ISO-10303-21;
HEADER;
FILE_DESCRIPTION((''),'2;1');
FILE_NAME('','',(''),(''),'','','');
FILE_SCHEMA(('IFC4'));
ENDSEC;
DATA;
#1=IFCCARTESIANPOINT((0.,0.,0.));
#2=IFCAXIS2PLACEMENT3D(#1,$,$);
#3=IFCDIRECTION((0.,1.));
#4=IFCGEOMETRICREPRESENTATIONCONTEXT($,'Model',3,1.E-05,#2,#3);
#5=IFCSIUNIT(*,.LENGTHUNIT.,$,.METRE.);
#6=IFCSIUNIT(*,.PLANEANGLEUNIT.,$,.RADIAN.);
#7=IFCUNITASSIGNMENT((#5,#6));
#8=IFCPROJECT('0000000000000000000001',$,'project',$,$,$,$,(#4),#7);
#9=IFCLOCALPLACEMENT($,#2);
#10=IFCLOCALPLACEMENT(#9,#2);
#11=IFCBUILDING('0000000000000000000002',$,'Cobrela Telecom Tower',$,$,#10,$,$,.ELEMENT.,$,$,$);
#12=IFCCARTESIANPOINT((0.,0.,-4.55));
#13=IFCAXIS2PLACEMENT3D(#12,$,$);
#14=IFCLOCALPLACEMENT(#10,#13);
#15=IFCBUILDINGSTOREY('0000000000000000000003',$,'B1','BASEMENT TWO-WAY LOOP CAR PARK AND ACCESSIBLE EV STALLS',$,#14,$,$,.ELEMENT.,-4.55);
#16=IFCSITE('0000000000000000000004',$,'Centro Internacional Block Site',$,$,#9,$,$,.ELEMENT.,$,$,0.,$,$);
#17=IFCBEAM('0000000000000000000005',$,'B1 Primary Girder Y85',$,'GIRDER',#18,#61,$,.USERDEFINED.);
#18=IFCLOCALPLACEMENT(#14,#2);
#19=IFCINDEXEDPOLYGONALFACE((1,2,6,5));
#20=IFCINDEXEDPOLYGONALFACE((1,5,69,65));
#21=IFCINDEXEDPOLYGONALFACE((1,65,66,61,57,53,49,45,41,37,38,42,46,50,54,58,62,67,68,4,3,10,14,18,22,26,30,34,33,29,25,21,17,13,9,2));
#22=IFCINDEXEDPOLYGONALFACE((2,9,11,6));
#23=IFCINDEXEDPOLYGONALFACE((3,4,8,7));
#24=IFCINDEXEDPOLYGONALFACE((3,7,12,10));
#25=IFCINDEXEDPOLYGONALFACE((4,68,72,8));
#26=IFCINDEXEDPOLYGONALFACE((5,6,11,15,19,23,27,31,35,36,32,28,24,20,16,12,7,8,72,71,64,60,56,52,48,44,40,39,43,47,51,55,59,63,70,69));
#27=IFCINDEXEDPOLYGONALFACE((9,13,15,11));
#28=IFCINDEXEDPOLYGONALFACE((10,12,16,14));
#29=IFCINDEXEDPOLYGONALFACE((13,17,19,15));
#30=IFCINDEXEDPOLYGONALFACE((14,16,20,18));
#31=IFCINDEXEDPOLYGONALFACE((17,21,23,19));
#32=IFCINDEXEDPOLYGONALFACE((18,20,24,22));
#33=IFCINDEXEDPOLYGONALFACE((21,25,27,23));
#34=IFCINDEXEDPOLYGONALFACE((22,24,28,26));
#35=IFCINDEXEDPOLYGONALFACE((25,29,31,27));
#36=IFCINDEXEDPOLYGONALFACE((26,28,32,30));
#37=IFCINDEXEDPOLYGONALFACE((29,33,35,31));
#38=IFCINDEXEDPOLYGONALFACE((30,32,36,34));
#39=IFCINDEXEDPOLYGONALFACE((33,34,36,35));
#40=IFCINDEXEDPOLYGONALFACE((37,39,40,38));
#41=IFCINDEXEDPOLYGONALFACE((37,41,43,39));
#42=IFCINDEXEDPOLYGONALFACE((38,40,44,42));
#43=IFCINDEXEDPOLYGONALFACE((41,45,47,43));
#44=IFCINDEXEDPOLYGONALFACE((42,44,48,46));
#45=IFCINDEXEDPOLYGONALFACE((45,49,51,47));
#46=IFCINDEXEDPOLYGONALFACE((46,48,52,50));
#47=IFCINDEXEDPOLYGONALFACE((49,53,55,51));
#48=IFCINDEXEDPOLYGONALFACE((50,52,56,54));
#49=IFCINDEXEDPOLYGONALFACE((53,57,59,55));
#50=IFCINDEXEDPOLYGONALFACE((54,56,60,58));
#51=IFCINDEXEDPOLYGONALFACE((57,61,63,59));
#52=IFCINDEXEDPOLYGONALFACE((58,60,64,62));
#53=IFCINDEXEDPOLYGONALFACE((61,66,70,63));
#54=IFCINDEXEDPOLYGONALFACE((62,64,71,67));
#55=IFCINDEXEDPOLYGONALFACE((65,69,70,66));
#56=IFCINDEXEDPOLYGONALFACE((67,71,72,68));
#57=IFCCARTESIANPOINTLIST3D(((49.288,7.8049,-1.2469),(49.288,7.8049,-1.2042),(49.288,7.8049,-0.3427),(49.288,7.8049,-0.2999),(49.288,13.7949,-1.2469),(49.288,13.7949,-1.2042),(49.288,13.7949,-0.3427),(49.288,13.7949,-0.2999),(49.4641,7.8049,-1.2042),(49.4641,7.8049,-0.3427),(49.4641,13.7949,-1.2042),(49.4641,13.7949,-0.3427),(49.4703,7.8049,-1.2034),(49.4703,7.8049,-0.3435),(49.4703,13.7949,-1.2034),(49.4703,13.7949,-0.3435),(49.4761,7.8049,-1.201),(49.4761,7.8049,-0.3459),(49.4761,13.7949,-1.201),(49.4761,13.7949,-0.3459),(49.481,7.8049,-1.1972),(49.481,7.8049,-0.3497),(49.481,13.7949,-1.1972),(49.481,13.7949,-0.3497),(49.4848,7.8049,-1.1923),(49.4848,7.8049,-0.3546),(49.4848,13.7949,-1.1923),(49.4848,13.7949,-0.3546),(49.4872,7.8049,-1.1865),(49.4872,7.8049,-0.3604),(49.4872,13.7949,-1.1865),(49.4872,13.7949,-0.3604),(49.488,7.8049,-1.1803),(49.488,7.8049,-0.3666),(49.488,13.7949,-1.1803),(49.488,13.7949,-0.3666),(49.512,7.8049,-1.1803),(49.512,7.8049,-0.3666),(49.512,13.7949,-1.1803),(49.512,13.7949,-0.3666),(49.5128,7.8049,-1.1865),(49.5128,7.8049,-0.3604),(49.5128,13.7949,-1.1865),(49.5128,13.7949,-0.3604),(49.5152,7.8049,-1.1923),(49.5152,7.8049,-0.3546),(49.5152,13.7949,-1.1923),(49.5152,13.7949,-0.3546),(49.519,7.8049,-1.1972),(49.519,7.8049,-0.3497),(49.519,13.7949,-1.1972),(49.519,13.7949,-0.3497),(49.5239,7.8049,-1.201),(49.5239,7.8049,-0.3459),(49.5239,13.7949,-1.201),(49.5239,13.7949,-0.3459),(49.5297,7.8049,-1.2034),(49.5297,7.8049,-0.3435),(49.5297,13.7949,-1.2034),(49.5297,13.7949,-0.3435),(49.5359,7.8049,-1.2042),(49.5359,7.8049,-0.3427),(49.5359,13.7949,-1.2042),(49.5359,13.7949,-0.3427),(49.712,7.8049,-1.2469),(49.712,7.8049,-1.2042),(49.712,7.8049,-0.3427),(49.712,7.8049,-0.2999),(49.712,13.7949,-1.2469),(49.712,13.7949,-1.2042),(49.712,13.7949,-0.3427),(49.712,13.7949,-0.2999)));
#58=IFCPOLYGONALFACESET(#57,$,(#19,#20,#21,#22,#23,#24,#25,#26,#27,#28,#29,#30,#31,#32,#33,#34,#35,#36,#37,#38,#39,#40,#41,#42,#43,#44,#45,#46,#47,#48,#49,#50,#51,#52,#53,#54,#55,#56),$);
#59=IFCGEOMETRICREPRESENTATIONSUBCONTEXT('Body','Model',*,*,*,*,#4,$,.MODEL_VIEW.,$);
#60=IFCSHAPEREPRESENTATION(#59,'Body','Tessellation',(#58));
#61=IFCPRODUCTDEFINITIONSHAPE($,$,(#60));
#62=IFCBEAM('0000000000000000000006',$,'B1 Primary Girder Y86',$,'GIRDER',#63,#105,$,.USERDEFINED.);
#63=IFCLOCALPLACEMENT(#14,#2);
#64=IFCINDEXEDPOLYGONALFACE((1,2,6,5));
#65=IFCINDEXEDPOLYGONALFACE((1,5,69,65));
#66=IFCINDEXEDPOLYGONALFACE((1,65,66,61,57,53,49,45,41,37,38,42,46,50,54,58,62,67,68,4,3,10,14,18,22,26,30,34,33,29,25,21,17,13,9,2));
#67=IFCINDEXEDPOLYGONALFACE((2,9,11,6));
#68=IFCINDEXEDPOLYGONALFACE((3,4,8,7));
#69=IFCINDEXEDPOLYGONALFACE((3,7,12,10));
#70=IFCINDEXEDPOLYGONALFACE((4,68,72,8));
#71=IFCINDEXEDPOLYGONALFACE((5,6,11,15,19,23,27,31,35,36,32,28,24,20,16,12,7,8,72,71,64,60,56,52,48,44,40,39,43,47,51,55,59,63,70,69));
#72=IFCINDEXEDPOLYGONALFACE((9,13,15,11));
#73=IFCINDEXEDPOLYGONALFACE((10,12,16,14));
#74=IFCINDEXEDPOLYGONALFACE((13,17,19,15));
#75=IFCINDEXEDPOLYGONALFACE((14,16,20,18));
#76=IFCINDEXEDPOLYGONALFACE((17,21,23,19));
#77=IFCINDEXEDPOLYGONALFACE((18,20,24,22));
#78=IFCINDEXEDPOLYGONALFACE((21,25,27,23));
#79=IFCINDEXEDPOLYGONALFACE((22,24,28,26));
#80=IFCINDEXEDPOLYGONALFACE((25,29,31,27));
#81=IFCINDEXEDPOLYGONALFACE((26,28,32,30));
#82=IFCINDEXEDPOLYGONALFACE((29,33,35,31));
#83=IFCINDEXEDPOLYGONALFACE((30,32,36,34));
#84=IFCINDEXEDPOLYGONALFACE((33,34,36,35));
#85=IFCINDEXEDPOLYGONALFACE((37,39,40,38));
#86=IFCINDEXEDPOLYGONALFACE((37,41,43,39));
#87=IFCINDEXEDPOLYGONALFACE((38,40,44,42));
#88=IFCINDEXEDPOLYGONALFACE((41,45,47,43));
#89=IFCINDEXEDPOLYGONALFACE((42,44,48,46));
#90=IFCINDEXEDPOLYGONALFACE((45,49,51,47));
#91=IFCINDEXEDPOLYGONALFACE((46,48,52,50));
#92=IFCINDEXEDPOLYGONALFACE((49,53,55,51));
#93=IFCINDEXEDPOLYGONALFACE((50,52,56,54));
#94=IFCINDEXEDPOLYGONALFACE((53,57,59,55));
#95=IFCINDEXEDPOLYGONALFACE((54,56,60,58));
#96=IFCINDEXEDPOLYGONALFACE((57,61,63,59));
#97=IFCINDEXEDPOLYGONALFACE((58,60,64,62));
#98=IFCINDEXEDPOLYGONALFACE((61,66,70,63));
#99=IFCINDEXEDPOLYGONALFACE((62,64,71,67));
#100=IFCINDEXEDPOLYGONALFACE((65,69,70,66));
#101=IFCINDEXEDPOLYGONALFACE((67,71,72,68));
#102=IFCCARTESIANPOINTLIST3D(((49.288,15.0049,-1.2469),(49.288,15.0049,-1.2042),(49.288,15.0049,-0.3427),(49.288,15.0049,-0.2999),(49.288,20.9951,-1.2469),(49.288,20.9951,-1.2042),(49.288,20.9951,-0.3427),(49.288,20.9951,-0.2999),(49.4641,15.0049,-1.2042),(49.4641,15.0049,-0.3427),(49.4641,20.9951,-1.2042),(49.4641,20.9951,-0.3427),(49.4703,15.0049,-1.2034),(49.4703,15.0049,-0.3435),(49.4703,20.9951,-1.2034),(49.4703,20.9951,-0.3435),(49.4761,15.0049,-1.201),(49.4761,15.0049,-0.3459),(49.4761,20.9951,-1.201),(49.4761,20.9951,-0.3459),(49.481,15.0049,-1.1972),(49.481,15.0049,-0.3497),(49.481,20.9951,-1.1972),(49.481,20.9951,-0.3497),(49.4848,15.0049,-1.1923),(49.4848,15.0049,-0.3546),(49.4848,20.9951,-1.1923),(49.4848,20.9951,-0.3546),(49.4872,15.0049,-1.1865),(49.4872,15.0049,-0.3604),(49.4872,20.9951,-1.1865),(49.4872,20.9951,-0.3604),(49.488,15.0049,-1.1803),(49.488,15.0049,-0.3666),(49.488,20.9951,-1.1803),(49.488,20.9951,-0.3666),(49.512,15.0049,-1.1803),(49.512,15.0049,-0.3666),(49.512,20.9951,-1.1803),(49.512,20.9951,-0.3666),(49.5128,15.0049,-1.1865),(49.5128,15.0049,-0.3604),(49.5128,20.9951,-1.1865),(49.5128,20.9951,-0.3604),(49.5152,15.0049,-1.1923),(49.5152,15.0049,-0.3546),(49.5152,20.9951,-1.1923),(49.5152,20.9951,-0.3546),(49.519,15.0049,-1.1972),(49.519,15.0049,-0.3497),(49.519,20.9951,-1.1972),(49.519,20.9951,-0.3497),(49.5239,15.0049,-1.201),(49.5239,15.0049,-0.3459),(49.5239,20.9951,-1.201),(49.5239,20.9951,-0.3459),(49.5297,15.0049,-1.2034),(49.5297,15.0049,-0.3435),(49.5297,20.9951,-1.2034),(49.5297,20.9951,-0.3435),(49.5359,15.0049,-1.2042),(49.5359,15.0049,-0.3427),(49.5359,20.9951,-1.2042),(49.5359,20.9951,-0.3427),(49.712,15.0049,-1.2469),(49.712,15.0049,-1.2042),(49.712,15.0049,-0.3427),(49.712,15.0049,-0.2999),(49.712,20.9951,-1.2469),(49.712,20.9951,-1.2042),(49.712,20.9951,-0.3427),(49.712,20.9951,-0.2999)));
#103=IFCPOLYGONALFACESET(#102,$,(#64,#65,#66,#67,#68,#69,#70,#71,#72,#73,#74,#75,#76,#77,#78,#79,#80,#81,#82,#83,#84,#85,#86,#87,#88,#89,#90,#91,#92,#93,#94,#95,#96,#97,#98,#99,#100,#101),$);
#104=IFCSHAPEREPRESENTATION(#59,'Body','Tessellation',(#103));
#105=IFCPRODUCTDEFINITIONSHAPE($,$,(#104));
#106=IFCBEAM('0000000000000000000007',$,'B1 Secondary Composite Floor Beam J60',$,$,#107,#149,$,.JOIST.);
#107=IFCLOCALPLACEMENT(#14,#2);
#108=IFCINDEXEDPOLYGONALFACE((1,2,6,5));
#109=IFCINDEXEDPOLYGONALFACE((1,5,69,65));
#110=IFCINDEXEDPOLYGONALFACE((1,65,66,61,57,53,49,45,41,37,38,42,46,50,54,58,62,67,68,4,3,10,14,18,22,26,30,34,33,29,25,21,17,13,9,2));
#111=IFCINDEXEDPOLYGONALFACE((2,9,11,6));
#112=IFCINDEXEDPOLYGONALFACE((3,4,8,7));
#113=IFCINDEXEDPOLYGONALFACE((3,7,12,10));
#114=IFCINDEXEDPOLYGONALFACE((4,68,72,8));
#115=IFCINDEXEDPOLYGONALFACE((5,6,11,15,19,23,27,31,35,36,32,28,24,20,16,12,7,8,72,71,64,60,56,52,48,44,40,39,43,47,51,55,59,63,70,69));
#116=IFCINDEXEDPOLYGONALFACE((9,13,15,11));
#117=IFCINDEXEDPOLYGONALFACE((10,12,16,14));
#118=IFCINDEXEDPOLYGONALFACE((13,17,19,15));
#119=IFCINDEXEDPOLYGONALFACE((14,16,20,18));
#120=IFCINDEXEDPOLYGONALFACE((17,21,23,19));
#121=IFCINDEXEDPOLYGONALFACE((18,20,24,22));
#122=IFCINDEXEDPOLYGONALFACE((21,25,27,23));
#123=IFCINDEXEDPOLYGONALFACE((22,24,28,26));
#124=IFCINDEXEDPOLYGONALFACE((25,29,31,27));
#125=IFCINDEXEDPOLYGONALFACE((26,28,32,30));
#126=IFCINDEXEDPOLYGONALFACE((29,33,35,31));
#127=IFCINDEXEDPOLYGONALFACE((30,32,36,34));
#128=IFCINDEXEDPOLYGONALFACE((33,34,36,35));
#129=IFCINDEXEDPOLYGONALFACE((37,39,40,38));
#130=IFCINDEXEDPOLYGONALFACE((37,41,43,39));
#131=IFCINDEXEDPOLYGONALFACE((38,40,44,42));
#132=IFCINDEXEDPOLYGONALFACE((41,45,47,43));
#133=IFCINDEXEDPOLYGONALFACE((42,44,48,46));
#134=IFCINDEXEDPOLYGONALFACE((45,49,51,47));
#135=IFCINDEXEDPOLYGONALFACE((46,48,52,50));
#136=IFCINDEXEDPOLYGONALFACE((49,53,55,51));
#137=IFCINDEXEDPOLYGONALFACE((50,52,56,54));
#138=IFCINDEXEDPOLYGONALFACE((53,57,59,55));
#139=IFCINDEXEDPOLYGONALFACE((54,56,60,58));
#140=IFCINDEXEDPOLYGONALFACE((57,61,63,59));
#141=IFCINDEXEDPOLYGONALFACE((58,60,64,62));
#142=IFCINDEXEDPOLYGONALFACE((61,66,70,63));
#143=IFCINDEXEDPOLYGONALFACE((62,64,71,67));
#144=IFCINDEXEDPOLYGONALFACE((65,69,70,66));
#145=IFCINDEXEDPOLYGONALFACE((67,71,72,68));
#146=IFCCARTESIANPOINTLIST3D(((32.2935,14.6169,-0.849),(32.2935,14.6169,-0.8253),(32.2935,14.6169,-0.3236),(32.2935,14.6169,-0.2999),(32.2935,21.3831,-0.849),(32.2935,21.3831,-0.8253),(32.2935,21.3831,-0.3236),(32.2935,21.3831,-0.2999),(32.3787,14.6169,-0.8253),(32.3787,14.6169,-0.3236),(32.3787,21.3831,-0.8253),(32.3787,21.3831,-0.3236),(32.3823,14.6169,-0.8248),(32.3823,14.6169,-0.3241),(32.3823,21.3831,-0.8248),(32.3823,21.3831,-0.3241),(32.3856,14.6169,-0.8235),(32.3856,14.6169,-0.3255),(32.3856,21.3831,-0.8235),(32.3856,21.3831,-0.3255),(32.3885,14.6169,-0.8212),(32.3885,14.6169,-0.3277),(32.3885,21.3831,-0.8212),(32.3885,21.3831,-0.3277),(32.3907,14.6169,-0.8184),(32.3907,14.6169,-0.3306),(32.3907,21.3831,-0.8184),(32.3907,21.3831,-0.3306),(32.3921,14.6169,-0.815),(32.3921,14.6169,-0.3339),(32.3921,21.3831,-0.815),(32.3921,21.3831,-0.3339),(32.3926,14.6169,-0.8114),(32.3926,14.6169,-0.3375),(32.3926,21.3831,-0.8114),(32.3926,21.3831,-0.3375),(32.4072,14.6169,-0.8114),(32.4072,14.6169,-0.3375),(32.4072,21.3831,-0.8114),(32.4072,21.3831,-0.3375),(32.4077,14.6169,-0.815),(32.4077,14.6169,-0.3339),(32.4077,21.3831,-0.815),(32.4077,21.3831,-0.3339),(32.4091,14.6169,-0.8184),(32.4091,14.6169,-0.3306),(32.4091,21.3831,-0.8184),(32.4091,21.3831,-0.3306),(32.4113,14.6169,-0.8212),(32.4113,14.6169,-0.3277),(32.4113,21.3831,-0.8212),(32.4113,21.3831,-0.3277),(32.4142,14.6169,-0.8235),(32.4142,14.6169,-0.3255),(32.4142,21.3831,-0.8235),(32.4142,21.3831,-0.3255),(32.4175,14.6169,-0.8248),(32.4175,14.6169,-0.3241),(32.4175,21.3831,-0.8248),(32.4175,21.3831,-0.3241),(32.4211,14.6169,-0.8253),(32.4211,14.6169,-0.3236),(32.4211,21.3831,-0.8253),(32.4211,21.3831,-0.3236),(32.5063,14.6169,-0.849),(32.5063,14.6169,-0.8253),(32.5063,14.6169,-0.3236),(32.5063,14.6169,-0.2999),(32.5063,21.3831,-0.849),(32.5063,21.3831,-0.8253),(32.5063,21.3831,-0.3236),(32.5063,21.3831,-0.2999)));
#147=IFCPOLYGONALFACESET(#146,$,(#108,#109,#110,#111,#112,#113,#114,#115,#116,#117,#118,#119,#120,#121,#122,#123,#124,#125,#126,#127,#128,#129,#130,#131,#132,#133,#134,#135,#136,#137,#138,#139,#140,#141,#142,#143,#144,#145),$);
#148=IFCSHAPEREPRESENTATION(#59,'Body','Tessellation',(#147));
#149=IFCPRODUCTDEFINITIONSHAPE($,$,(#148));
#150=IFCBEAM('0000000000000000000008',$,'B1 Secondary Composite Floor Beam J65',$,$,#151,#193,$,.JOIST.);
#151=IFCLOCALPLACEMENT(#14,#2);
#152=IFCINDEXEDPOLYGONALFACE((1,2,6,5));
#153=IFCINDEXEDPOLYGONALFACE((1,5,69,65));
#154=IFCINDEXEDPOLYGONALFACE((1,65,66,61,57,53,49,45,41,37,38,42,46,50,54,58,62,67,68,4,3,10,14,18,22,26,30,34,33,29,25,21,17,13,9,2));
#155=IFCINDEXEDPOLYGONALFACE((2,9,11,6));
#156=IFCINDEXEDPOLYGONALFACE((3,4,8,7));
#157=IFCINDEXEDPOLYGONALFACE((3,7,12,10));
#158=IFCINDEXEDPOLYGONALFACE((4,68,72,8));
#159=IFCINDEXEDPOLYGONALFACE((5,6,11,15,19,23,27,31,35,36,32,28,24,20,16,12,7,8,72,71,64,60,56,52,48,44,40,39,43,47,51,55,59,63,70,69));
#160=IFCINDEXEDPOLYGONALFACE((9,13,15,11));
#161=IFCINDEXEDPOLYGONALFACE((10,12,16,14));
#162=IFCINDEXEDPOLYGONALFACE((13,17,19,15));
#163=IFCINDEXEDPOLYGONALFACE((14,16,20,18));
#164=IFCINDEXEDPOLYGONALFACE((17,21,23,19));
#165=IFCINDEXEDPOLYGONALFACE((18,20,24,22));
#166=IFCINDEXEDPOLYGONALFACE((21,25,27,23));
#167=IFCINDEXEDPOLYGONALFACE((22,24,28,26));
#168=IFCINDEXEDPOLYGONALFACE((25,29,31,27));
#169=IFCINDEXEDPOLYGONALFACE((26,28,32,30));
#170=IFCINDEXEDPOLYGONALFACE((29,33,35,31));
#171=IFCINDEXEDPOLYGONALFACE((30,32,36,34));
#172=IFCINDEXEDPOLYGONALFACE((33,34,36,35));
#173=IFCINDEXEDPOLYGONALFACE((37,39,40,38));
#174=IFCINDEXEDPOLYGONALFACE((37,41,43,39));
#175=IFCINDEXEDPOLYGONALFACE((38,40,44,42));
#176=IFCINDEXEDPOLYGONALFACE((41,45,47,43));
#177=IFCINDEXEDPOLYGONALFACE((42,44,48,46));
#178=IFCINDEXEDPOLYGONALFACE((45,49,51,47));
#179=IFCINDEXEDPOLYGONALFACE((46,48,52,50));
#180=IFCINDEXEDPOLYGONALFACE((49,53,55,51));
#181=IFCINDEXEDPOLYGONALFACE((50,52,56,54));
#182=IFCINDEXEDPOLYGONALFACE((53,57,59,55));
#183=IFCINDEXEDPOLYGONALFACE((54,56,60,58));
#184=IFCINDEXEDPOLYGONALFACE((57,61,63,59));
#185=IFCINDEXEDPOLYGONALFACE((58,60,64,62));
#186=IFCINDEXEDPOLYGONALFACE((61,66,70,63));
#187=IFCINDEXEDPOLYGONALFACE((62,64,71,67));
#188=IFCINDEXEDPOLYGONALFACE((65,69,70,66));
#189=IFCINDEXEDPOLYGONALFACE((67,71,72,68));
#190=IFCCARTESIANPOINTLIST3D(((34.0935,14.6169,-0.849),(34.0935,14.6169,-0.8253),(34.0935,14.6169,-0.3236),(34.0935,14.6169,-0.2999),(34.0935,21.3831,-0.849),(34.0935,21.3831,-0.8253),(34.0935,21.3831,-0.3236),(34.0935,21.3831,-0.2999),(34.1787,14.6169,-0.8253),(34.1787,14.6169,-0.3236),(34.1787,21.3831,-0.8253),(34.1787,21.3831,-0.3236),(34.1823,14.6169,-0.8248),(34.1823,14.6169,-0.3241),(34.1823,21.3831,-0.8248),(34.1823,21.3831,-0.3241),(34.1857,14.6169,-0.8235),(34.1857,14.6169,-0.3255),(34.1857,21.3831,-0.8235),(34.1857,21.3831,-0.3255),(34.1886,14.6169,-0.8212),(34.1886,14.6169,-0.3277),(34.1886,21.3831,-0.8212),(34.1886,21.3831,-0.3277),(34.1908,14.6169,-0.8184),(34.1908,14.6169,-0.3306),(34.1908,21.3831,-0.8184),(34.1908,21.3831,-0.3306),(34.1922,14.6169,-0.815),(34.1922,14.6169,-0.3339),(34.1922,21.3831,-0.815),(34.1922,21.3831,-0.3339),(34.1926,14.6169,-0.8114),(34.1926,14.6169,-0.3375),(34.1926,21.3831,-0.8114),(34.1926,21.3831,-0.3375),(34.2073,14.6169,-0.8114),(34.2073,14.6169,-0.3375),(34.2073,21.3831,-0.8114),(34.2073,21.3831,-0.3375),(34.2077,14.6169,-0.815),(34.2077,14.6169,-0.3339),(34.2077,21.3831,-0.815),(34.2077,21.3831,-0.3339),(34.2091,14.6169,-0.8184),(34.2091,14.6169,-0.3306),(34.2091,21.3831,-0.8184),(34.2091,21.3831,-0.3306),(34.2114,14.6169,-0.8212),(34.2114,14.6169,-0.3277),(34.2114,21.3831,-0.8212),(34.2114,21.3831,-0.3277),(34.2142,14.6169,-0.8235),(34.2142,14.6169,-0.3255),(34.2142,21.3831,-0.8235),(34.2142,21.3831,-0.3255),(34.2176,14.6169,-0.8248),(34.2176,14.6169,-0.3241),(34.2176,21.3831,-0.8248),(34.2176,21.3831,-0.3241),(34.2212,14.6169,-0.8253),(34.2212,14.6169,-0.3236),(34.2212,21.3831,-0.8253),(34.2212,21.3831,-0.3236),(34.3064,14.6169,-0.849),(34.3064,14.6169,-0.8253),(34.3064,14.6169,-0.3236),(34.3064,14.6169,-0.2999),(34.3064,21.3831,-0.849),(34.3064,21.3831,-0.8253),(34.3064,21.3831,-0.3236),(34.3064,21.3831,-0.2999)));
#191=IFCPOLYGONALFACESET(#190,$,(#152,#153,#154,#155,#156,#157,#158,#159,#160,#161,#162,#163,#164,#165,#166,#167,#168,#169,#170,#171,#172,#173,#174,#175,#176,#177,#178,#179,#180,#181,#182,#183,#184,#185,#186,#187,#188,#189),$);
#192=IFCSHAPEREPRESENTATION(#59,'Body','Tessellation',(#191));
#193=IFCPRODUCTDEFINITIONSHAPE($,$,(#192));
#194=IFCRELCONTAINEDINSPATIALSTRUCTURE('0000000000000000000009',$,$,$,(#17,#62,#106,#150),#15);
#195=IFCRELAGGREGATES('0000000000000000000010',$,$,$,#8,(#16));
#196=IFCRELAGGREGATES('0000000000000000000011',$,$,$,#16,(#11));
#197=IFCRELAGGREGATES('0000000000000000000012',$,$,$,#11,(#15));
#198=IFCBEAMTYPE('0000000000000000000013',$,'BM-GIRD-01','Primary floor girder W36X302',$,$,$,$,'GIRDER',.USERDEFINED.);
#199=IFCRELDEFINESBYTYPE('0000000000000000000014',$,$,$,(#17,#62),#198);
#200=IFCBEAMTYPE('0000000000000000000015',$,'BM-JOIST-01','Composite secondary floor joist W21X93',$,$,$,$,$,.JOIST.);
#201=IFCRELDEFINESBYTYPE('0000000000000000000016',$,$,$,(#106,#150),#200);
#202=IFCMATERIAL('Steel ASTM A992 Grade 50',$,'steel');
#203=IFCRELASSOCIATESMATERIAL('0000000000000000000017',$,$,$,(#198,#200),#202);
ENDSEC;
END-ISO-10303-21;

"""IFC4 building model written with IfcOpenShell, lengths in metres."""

from ifc_helpers import new_model, si_unit, direction, frame, origin, origin_2d, place, context, subcontext, project, spatial, i_section, extrude, material, material_profile, profile_set, type_object, element, save


model = new_model("IFC4")

# Units and contexts
model_context = context("Model", 3, precision=1e-05, world=origin(), true_north=direction((0.0, 1.0)))
body_context = subcontext(model_context, "Body", "Model", "MODEL_VIEW")
ifc_project = project(units=[si_unit("LENGTHUNIT", "METRE"), si_unit("PLANEANGLEUNIT", "RADIAN")], contexts=[model_context])

# Site, building, storey
site_placement = place(None, origin())
site = spatial("IfcSite", under=ifc_project, at=site_placement, Name="Centro Internacional Block Site", CompositionType="ELEMENT", RefElevation=0.0)
building_placement = place(site_placement, origin())
building = spatial("IfcBuilding", under=site, at=building_placement, Name="Cobrela Telecom Tower", CompositionType="ELEMENT")
storey_placement = place(building_placement, frame((0.0, 0.0, -4.55)))
storey = spatial("IfcBuildingStorey", under=building, at=storey_placement, Name="B1", Description="BASEMENT TWO-WAY LOOP CAR PARK AND ACCESSIBLE EV STALLS", CompositionType="ELEMENT", Elevation=-4.55)

# Beams
ifc_material_1 = material(Name="Steel ASTM A992 Grade 50", Category="steel")
ifc_material_profile_1 = material_profile(ifc_material_1, i_section(OverallWidth=0.4241, OverallDepth=0.947, WebThickness=0.0239, FlangeThickness=0.0427, FilletRadius=0.0239, at=origin_2d()), Name="W36X302")
ifc_profile_set_1 = profile_set([ifc_material_profile_1], Name="Steel ASTM A992 Grade 50")
beam_type_1 = type_object("IfcBeamType", Name="BM-GIRD-01", Description="Primary floor girder W36X302", ElementType="GIRDER", PredefinedType="USERDEFINED", material=ifc_profile_set_1)
beam_1_placement = place(storey_placement, frame((49.5, 7.8049, -0.7734), z_axis=(0.0, 1.0, 0.0), x_axis=(-1.0, 0.0, 0.0)))
element("IfcBeam", 1, at=beam_1_placement, inside=storey, type_object=beam_type_1, Name="B1 Primary Girder Y85", ObjectType="GIRDER", PredefinedType="USERDEFINED", context=body_context, shape_type="SweptSolid", body=[
    extrude(i_section(OverallWidth=0.4241, OverallDepth=0.947, WebThickness=0.0239, FlangeThickness=0.0427, FilletRadius=0.0239, at=origin_2d()), origin(), (0.0, 0.0, 1.0), 5.99),
])
beam_2_placement = place(storey_placement, frame((49.5, 15.0049, -0.7734), z_axis=(0.0, 1.0, 0.0), x_axis=(-1.0, 0.0, 0.0)))
element("IfcBeam", 2, at=beam_2_placement, inside=storey, type_object=beam_type_1, Name="B1 Primary Girder Y86", ObjectType="GIRDER", PredefinedType="USERDEFINED", context=body_context, shape_type="SweptSolid", body=[
    extrude(i_section(OverallWidth=0.4241, OverallDepth=0.947, WebThickness=0.0239, FlangeThickness=0.0427, FilletRadius=0.0239, at=origin_2d()), origin(), (0.0, 0.0, 1.0), 5.9902),
])
ifc_material_profile_2 = material_profile(ifc_material_1, i_section(OverallWidth=0.2129, OverallDepth=0.5491, WebThickness=0.0146, FlangeThickness=0.0237, FilletRadius=0.0139, at=origin_2d()), Name="W21X93")
ifc_profile_set_2 = profile_set([ifc_material_profile_2], Name="Steel ASTM A992 Grade 50")
beam_type_2 = type_object("IfcBeamType", Name="BM-JOIST-01", Description="Composite secondary floor joist W21X93", PredefinedType="JOIST", material=ifc_profile_set_2)
for number, where, z_axis, x_axis, name in (
    (3, (32.3999, 14.6169, -0.5745), (0.0, 1.0, 0.0), (-1.0, 0.0, 0.0), "B1 Secondary Composite Floor Beam J60"),
    (4, (34.2, 14.6169, -0.5745), (0.0, 1.0, 0.0), (-1.0, 0.0, 0.0), "B1 Secondary Composite Floor Beam J65"),
):
    element("IfcBeam", number, at=place(storey_placement, frame(where, z_axis=z_axis, x_axis=x_axis)), inside=storey, type_object=beam_type_2, Name=name, PredefinedType="JOIST", context=body_context, shape_type="SweptSolid", body=[
        extrude(i_section(OverallWidth=0.2129, OverallDepth=0.5491, WebThickness=0.0146, FlangeThickness=0.0237, FilletRadius=0.0139, at=origin_2d()), origin(), (0.0, 0.0, 1.0), 6.7661),
    ])

save(model, "model.ifc")
